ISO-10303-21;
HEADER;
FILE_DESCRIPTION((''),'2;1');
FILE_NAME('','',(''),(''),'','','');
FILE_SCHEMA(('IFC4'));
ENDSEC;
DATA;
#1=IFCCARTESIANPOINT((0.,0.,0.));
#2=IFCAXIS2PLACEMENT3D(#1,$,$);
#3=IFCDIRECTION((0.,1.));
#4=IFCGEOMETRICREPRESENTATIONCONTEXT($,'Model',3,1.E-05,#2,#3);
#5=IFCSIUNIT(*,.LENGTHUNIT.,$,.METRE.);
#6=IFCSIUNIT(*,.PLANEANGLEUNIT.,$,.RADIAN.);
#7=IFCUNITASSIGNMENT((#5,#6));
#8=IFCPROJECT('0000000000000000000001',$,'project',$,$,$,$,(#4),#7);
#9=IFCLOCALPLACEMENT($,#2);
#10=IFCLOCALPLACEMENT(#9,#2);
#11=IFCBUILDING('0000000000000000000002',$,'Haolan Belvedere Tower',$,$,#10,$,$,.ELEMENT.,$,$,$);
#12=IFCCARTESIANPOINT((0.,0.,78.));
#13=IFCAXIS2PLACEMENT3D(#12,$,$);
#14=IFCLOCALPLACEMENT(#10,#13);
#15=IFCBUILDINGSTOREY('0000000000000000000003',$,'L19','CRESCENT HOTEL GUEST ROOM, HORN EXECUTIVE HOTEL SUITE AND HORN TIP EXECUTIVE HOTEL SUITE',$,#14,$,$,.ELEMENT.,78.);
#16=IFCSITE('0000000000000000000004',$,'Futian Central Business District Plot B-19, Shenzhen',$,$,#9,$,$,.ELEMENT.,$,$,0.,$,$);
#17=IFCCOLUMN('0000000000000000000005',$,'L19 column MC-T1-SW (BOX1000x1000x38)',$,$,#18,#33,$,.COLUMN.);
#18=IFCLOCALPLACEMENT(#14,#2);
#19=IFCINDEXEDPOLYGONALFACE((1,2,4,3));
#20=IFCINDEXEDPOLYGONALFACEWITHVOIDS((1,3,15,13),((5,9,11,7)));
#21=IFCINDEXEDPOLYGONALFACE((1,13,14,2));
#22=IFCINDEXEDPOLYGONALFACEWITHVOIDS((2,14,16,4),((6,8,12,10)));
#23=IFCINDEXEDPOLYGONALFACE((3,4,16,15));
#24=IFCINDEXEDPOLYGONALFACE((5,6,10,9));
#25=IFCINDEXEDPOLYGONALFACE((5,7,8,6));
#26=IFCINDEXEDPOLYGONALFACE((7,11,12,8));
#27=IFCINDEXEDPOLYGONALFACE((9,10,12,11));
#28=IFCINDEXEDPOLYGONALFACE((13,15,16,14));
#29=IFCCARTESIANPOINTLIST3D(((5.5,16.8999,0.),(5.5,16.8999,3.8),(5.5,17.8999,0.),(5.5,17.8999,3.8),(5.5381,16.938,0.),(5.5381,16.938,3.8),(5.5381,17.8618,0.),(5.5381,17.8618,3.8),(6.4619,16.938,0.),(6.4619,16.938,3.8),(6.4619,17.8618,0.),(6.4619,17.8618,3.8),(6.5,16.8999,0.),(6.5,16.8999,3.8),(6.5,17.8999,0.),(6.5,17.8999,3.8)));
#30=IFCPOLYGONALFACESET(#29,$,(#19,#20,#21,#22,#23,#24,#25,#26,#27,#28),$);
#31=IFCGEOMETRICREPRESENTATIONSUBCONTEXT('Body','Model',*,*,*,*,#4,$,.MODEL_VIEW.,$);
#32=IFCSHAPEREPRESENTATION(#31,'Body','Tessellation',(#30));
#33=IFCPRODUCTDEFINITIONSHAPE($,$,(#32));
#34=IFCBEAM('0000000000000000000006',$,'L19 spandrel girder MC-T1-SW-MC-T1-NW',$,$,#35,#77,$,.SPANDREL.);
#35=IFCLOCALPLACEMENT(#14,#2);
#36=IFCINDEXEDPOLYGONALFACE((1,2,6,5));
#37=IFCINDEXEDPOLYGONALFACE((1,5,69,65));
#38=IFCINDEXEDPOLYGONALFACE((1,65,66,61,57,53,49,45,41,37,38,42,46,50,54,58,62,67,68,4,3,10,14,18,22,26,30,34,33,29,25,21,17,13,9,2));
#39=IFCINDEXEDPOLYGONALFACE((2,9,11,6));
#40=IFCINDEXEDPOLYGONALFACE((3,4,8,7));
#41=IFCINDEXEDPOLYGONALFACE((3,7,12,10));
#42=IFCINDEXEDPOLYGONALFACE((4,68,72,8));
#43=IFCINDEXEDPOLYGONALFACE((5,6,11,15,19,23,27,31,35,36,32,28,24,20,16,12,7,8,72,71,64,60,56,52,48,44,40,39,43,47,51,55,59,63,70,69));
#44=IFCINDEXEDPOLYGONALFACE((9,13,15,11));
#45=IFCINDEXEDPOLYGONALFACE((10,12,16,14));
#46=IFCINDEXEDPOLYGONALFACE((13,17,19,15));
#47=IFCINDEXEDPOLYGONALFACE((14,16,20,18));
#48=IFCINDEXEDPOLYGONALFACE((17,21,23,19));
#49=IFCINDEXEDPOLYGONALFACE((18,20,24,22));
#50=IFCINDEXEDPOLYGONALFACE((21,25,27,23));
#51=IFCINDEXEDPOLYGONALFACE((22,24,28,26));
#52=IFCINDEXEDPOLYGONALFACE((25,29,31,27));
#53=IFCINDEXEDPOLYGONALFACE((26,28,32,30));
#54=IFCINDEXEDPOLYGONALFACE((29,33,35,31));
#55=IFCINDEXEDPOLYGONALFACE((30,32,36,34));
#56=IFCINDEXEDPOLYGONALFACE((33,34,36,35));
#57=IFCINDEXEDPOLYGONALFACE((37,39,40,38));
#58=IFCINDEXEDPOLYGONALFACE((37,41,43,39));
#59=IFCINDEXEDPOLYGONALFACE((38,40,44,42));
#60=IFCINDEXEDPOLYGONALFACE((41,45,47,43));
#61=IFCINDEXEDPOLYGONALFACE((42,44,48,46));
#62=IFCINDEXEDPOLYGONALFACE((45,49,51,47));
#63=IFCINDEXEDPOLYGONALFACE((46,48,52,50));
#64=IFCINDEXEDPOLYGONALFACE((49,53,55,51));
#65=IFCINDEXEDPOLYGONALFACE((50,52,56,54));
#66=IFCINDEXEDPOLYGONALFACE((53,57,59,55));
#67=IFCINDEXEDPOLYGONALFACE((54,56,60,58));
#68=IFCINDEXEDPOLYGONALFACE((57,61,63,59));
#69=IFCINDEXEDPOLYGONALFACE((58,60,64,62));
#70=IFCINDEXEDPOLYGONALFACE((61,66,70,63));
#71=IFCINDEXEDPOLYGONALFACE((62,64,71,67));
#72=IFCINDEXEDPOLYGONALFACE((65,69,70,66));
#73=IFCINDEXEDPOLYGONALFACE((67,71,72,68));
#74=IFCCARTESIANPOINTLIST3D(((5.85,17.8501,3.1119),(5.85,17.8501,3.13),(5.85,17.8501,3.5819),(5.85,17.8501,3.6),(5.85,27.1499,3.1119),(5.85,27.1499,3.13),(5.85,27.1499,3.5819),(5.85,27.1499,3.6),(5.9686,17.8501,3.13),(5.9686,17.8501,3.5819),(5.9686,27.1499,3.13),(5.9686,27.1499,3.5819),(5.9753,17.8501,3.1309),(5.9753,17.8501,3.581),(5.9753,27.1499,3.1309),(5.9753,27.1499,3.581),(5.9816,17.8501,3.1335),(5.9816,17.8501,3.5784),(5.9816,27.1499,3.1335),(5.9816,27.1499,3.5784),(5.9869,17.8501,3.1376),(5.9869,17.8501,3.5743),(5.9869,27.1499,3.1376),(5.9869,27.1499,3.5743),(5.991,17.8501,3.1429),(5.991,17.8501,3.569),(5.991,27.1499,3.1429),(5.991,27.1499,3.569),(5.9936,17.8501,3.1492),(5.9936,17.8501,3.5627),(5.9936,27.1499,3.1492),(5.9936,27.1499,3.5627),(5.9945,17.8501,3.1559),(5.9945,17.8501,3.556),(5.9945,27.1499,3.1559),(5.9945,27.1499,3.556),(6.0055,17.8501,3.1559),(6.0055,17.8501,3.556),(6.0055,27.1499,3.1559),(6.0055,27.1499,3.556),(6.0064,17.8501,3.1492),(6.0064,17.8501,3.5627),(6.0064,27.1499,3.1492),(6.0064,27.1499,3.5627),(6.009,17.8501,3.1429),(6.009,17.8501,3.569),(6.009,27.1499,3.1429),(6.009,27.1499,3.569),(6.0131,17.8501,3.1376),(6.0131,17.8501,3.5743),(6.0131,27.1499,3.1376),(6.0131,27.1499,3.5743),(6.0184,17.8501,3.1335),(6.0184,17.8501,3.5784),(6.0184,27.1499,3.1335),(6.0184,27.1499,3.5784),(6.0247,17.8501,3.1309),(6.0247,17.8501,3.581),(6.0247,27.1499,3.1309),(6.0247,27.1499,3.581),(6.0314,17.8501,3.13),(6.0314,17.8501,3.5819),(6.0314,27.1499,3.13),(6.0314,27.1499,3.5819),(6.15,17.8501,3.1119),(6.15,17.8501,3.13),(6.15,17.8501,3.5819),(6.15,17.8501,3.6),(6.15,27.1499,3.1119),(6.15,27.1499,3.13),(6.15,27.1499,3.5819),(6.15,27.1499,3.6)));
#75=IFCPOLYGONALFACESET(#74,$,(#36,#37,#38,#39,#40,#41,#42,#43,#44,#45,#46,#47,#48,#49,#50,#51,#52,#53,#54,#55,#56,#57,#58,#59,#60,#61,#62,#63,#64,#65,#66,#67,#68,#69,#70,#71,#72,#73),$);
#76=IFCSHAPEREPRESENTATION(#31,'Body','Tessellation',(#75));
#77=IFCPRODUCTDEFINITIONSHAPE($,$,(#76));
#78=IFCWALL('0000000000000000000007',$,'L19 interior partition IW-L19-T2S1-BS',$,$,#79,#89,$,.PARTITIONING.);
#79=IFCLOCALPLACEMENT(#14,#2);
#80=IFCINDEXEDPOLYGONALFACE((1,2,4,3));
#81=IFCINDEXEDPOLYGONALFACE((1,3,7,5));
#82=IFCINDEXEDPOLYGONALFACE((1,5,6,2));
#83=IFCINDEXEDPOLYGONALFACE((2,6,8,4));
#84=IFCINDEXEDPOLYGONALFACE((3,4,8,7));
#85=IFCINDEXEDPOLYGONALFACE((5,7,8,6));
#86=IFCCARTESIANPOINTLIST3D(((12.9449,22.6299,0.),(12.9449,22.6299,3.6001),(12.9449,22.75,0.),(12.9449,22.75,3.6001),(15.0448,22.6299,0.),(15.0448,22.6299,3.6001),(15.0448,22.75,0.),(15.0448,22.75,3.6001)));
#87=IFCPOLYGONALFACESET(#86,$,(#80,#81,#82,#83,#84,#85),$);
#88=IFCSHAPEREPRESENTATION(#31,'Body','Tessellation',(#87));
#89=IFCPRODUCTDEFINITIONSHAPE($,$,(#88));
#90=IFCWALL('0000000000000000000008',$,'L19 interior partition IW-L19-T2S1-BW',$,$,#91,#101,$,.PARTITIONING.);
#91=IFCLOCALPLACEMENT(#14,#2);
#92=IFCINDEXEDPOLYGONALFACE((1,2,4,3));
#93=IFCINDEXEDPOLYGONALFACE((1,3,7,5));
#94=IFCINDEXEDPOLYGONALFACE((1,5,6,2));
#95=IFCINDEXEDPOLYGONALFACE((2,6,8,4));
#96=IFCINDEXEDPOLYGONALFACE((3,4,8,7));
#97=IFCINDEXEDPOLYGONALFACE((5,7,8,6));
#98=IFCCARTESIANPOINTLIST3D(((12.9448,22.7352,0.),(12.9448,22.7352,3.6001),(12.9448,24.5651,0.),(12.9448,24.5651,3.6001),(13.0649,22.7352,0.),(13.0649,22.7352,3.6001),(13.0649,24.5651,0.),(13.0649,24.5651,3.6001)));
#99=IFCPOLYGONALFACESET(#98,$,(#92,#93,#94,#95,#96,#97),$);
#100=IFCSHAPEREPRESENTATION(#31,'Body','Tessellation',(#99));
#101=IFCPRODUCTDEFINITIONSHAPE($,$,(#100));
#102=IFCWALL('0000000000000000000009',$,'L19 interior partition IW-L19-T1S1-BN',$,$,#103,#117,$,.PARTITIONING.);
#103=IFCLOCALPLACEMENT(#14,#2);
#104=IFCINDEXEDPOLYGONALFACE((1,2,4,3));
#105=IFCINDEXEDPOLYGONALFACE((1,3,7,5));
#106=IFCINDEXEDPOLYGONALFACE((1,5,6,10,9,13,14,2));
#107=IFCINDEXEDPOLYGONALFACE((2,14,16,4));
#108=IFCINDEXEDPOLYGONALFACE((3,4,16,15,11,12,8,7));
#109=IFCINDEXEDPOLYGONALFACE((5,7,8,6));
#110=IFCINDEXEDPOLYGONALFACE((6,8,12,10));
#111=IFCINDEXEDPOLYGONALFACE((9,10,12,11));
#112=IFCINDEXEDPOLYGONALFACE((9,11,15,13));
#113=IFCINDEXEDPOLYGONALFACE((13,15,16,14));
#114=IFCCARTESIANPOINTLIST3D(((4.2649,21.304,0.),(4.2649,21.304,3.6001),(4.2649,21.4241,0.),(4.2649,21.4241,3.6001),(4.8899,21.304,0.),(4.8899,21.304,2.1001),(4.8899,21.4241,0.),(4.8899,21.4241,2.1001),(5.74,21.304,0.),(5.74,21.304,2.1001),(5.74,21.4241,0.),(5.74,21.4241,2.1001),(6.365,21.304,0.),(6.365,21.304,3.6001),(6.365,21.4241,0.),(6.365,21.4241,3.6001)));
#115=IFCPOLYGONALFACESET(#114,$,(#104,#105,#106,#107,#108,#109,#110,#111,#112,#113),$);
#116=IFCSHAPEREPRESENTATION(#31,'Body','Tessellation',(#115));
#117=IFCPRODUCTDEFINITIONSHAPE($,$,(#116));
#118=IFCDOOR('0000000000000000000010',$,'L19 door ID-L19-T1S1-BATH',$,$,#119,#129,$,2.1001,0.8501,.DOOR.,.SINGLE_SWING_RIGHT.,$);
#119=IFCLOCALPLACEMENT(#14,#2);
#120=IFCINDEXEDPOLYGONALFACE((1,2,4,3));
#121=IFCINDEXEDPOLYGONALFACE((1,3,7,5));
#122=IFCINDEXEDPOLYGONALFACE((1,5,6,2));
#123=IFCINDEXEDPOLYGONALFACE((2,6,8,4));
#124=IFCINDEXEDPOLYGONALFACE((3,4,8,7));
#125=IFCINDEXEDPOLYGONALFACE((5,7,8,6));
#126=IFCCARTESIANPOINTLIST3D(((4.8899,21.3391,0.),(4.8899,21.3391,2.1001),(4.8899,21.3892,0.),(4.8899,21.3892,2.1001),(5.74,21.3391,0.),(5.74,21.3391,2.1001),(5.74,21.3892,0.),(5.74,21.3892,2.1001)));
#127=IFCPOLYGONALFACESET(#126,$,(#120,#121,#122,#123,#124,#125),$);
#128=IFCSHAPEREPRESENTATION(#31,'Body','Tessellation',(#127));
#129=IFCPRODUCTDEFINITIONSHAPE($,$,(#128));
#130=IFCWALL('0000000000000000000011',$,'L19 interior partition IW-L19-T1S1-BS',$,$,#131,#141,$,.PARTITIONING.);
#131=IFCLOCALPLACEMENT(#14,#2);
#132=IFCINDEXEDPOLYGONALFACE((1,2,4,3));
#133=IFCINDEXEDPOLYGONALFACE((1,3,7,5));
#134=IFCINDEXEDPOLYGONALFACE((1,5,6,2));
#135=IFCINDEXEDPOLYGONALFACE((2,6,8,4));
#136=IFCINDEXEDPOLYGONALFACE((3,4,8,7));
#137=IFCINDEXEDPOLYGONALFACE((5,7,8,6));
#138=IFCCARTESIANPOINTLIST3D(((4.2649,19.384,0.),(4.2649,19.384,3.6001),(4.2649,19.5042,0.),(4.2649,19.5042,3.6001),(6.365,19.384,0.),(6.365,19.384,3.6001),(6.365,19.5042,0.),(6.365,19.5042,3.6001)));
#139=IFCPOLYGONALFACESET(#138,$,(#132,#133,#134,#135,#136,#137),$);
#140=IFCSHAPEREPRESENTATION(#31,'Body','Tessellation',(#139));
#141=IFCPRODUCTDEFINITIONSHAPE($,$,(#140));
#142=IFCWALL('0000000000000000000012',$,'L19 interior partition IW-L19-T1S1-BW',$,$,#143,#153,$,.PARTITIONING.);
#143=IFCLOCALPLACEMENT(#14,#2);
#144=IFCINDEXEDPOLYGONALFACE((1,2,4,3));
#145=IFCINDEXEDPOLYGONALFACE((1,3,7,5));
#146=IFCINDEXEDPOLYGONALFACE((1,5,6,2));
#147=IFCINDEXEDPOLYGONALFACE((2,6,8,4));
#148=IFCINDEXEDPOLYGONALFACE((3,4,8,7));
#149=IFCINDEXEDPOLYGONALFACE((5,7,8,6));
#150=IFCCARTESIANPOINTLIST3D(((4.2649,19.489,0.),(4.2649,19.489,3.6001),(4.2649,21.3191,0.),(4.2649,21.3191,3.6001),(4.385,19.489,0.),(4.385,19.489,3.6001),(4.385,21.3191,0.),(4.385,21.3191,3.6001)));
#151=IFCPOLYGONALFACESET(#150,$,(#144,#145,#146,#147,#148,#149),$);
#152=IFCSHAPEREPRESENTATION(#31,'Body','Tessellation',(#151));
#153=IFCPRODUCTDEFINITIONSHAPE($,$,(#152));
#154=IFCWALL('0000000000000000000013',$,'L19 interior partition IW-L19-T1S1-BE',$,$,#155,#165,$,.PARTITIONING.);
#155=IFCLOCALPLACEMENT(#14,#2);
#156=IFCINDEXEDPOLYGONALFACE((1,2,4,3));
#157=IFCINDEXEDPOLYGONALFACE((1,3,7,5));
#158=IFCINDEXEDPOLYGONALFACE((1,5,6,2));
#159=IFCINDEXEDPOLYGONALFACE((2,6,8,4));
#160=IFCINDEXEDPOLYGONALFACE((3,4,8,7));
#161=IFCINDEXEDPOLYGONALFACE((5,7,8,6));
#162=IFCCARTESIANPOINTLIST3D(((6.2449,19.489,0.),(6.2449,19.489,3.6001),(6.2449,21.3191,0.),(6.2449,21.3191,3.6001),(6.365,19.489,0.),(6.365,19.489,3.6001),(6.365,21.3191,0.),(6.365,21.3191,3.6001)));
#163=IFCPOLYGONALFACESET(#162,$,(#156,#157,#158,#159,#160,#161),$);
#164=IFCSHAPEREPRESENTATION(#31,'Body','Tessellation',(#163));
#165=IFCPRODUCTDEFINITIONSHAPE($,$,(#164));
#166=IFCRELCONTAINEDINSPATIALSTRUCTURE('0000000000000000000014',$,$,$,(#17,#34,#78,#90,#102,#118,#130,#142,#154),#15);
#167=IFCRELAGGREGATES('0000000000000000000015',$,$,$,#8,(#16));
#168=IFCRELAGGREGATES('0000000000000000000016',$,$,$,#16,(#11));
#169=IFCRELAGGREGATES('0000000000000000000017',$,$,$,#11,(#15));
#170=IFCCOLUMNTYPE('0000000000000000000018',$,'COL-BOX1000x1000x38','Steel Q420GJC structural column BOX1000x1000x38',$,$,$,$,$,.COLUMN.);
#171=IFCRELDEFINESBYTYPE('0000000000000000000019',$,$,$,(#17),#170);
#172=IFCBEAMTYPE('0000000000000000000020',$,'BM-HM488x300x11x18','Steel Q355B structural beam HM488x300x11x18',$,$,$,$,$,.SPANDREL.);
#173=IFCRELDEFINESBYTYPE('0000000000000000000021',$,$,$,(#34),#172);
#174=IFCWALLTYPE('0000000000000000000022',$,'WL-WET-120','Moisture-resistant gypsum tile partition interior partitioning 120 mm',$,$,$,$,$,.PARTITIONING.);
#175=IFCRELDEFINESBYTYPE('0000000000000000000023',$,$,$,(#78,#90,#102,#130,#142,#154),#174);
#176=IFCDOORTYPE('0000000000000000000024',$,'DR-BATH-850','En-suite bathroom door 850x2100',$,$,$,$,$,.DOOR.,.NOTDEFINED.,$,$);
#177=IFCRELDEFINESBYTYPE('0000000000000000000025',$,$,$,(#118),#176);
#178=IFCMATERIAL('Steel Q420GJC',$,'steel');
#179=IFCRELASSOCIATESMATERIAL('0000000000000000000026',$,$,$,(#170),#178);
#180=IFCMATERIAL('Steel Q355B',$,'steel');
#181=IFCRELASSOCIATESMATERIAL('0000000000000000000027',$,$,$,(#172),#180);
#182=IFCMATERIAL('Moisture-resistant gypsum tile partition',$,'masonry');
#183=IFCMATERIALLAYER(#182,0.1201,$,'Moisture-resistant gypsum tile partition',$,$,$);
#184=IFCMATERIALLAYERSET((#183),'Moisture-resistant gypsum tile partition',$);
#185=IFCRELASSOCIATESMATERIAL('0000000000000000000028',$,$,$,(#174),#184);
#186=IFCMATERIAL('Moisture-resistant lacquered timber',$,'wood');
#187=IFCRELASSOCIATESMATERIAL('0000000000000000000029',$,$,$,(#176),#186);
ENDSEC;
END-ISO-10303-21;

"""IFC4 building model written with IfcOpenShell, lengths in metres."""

from ifc_helpers import new_model, si_unit, direction, frame, frame_2d, origin, origin_2d, place, context, subcontext, project, spatial, rectangle, hollow_rectangle, i_section, extrude, material, layer, layer_set, material_profile, profile_set, type_object, element, fill, save


model = new_model("IFC4")

# Units and contexts
model_context = context("Model", 3, precision=1e-05, world=origin(), true_north=direction((0.0, 1.0)))
body_context = subcontext(model_context, "Body", "Model", "MODEL_VIEW")
ifc_project = project(units=[si_unit("LENGTHUNIT", "METRE"), si_unit("PLANEANGLEUNIT", "RADIAN")], contexts=[model_context])

# Site, building, storey
site_placement = place(None, origin())
site = spatial("IfcSite", under=ifc_project, at=site_placement, Name="Futian Central Business District Plot B-19, Shenzhen", CompositionType="ELEMENT", RefElevation=0.0)
building_placement = place(site_placement, origin())
building = spatial("IfcBuilding", under=site, at=building_placement, Name="Haolan Belvedere Tower", CompositionType="ELEMENT")
storey_placement = place(building_placement, frame((0.0, 0.0, 78.0)))
storey = spatial("IfcBuildingStorey", under=building, at=storey_placement, Name="L19", Description="CRESCENT HOTEL GUEST ROOM, HORN EXECUTIVE HOTEL SUITE AND HORN TIP EXECUTIVE HOTEL SUITE", CompositionType="ELEMENT", Elevation=78.0)

# Column
ifc_material_1 = material(Name="Steel Q420GJC", Category="steel")
ifc_material_profile_1 = material_profile(ifc_material_1, hollow_rectangle(XDim=1.0, YDim=1.0, WallThickness=0.0381, at=origin_2d()), Name="Steel Q420GJC")
ifc_profile_set_1 = profile_set([ifc_material_profile_1], Name="Steel Q420GJC")
column_type = type_object("IfcColumnType", Name="COL-BOX1000x1000x38", Description="Steel Q420GJC structural column BOX1000x1000x38", PredefinedType="COLUMN", material=ifc_profile_set_1)
column_placement = place(storey_placement, frame((6.0, 17.3999, 0.0), z_axis=(0.0, 0.0, 1.0), x_axis=(1.0, 0.0, 0.0)))
element("IfcColumn", 1, at=column_placement, inside=storey, type_object=column_type, Name="L19 column MC-T1-SW (BOX1000x1000x38)", PredefinedType="COLUMN", context=body_context, shape_type="SweptSolid", body=[
    extrude(hollow_rectangle(XDim=1.0, YDim=1.0, WallThickness=0.0381, at=origin_2d()), origin(), (0.0, 0.0, 1.0), 3.8),
])

# Beam
ifc_material_2 = material(Name="Steel Q355B", Category="steel")
ifc_material_profile_2 = material_profile(ifc_material_2, i_section(OverallWidth=0.3, OverallDepth=0.488, WebThickness=0.011, FlangeThickness=0.0181, FilletRadius=0.0259, at=origin_2d()), Name="Steel Q355B")
ifc_profile_set_2 = profile_set([ifc_material_profile_2], Name="Steel Q355B")
beam_type = type_object("IfcBeamType", Name="BM-HM488x300x11x18", Description="Steel Q355B structural beam HM488x300x11x18", PredefinedType="SPANDREL", material=ifc_profile_set_2)
beam_placement = place(storey_placement, frame((6.0, 17.8501, 3.356), z_axis=(0.0, 1.0, 0.0), x_axis=(-1.0, 0.0, 0.0)))
element("IfcBeam", 2, at=beam_placement, inside=storey, type_object=beam_type, Name="L19 spandrel girder MC-T1-SW-MC-T1-NW", PredefinedType="SPANDREL", context=body_context, shape_type="SweptSolid", body=[
    extrude(i_section(OverallWidth=0.3, OverallDepth=0.488, WebThickness=0.011, FlangeThickness=0.0181, FilletRadius=0.0259, at=origin_2d()), origin(), (0.0, 0.0, 1.0), 9.2998),
])

# Walls
ifc_material_3 = material(Name="Moisture-resistant gypsum tile partition", Category="masonry")
ifc_layer = layer(ifc_material_3, 0.1201, Name="Moisture-resistant gypsum tile partition")
ifc_layer_set = layer_set([ifc_layer], Name="Moisture-resistant gypsum tile partition")
wall_type = type_object("IfcWallType", Name="WL-WET-120", Description="Moisture-resistant gypsum tile partition interior partitioning 120 mm", PredefinedType="PARTITIONING", material=ifc_layer_set)
wall_1_placement = place(storey_placement, frame((12.9451, 22.6899, 0.0), z_axis=(0.0, 0.0, 1.0), x_axis=(1.0, 0.0, 0.0)))
element("IfcWall", 3, at=wall_1_placement, inside=storey, type_object=wall_type, Name="L19 interior partition IW-L19-T2S1-BS", PredefinedType="PARTITIONING", context=body_context, shape_type="SweptSolid", body=[
    extrude(rectangle(XDim=2.0999, YDim=0.1201, at=frame_2d((1.0498, 0.0))), origin(), (0.0, 0.0, 1.0), 3.6001),
])
wall_2_placement = place(storey_placement, frame((13.0049, 22.7351, 0.0), z_axis=(0.0, 0.0, 1.0), x_axis=(0.0, 1.0, 0.0)))
element("IfcWall", 4, at=wall_2_placement, inside=storey, type_object=wall_type, Name="L19 interior partition IW-L19-T2S1-BW", PredefinedType="PARTITIONING", context=body_context, shape_type="SweptSolid", body=[
    extrude(rectangle(XDim=1.8298, YDim=0.1201, at=frame_2d((0.915, 0.0))), origin(), (0.0, 0.0, 1.0), 3.6001),
])

# Wall, opening, door
wall_3_placement = place(storey_placement, frame((4.2649, 21.364, 0.0), z_axis=(0.0, 0.0, 1.0), x_axis=(1.0, 0.0, 0.0)))
wall_3 = element("IfcWall", 5, at=wall_3_placement, inside=storey, type_object=wall_type, Name="L19 interior partition IW-L19-T1S1-BN", PredefinedType="PARTITIONING", context=body_context, shape_type="SweptSolid", body=[
    extrude(rectangle(XDim=2.1001, YDim=0.1201, at=frame_2d((1.05, 0.0))), origin(), (0.0, 0.0, 1.0), 3.6001),
])
opening_1_placement = place(wall_3_placement, frame((1.4751, 0.0, 0.0), z_axis=(0.0, 0.0, 1.0), x_axis=(-1.0, 0.0, 0.0)))
opening_1 = element("IfcOpeningElement", 6, at=opening_1_placement, cuts=wall_3, PredefinedType="OPENING", context=body_context, shape_type="SweptSolid", body=[
    extrude(rectangle(XDim=0.8501, YDim=2.1001, at=frame_2d((0.425, 1.05))), frame((0.0, 0.0701, 0.0), z_axis=(0.0, -1.0, 0.0), x_axis=(1.0, 0.0, 0.0)), (0.0, 0.0, 1.0), 0.1401),
])
ifc_material_4 = material(Name="Moisture-resistant lacquered timber", Category="wood")
door_type = type_object("IfcDoorType", Name="DR-BATH-850", Description="En-suite bathroom door 850x2100", OperationType="NOTDEFINED", PredefinedType="DOOR", material=ifc_material_4)
door_1_placement = place(opening_1_placement, origin())
door_1 = element("IfcDoor", 7, at=door_1_placement, inside=storey, type_object=door_type, Name="L19 door ID-L19-T1S1-BATH", OperationType="SINGLE_SWING_RIGHT", OverallHeight=2.1001, OverallWidth=0.8501, PredefinedType="DOOR", context=body_context, shape_type="SweptSolid", body=[
    extrude(rectangle(XDim=0.8501, YDim=2.1001, at=frame_2d((0.425, 1.05))), frame((0.0, 0.0249, 0.0), z_axis=(0.0, -1.0, 0.0), x_axis=(1.0, 0.0, 0.0)), (0.0, 0.0, 1.0), 0.05),
])
fill(opening_1, door_1)

# Walls
wall_4_placement = place(storey_placement, frame((4.2649, 19.4441, 0.0), z_axis=(0.0, 0.0, 1.0), x_axis=(1.0, 0.0, 0.0)))
element("IfcWall", 8, at=wall_4_placement, inside=storey, type_object=wall_type, Name="L19 interior partition IW-L19-T1S1-BS", PredefinedType="PARTITIONING", context=body_context, shape_type="SweptSolid", body=[
    extrude(rectangle(XDim=2.1001, YDim=0.1201, at=frame_2d((1.05, 0.0))), origin(), (0.0, 0.0, 1.0), 3.6001),
])
for number, where, z_axis, x_axis, name in (
    (9, (4.325, 19.489, 0.0), (0.0, 0.0, 1.0), (0.0, 1.0, 0.0), "L19 interior partition IW-L19-T1S1-BW"),
    (10, (6.3049, 19.489, 0.0), (0.0, 0.0, 1.0), (0.0, 1.0, 0.0), "L19 interior partition IW-L19-T1S1-BE"),
):
    element("IfcWall", number, at=place(storey_placement, frame(where, z_axis=z_axis, x_axis=x_axis)), inside=storey, type_object=wall_type, Name=name, PredefinedType="PARTITIONING", context=body_context, shape_type="SweptSolid", body=[
        extrude(rectangle(XDim=1.8301, YDim=0.1201, at=frame_2d((0.915, 0.0))), origin(), (0.0, 0.0, 1.0), 3.6001),
    ])

save(model, "model.ifc")
